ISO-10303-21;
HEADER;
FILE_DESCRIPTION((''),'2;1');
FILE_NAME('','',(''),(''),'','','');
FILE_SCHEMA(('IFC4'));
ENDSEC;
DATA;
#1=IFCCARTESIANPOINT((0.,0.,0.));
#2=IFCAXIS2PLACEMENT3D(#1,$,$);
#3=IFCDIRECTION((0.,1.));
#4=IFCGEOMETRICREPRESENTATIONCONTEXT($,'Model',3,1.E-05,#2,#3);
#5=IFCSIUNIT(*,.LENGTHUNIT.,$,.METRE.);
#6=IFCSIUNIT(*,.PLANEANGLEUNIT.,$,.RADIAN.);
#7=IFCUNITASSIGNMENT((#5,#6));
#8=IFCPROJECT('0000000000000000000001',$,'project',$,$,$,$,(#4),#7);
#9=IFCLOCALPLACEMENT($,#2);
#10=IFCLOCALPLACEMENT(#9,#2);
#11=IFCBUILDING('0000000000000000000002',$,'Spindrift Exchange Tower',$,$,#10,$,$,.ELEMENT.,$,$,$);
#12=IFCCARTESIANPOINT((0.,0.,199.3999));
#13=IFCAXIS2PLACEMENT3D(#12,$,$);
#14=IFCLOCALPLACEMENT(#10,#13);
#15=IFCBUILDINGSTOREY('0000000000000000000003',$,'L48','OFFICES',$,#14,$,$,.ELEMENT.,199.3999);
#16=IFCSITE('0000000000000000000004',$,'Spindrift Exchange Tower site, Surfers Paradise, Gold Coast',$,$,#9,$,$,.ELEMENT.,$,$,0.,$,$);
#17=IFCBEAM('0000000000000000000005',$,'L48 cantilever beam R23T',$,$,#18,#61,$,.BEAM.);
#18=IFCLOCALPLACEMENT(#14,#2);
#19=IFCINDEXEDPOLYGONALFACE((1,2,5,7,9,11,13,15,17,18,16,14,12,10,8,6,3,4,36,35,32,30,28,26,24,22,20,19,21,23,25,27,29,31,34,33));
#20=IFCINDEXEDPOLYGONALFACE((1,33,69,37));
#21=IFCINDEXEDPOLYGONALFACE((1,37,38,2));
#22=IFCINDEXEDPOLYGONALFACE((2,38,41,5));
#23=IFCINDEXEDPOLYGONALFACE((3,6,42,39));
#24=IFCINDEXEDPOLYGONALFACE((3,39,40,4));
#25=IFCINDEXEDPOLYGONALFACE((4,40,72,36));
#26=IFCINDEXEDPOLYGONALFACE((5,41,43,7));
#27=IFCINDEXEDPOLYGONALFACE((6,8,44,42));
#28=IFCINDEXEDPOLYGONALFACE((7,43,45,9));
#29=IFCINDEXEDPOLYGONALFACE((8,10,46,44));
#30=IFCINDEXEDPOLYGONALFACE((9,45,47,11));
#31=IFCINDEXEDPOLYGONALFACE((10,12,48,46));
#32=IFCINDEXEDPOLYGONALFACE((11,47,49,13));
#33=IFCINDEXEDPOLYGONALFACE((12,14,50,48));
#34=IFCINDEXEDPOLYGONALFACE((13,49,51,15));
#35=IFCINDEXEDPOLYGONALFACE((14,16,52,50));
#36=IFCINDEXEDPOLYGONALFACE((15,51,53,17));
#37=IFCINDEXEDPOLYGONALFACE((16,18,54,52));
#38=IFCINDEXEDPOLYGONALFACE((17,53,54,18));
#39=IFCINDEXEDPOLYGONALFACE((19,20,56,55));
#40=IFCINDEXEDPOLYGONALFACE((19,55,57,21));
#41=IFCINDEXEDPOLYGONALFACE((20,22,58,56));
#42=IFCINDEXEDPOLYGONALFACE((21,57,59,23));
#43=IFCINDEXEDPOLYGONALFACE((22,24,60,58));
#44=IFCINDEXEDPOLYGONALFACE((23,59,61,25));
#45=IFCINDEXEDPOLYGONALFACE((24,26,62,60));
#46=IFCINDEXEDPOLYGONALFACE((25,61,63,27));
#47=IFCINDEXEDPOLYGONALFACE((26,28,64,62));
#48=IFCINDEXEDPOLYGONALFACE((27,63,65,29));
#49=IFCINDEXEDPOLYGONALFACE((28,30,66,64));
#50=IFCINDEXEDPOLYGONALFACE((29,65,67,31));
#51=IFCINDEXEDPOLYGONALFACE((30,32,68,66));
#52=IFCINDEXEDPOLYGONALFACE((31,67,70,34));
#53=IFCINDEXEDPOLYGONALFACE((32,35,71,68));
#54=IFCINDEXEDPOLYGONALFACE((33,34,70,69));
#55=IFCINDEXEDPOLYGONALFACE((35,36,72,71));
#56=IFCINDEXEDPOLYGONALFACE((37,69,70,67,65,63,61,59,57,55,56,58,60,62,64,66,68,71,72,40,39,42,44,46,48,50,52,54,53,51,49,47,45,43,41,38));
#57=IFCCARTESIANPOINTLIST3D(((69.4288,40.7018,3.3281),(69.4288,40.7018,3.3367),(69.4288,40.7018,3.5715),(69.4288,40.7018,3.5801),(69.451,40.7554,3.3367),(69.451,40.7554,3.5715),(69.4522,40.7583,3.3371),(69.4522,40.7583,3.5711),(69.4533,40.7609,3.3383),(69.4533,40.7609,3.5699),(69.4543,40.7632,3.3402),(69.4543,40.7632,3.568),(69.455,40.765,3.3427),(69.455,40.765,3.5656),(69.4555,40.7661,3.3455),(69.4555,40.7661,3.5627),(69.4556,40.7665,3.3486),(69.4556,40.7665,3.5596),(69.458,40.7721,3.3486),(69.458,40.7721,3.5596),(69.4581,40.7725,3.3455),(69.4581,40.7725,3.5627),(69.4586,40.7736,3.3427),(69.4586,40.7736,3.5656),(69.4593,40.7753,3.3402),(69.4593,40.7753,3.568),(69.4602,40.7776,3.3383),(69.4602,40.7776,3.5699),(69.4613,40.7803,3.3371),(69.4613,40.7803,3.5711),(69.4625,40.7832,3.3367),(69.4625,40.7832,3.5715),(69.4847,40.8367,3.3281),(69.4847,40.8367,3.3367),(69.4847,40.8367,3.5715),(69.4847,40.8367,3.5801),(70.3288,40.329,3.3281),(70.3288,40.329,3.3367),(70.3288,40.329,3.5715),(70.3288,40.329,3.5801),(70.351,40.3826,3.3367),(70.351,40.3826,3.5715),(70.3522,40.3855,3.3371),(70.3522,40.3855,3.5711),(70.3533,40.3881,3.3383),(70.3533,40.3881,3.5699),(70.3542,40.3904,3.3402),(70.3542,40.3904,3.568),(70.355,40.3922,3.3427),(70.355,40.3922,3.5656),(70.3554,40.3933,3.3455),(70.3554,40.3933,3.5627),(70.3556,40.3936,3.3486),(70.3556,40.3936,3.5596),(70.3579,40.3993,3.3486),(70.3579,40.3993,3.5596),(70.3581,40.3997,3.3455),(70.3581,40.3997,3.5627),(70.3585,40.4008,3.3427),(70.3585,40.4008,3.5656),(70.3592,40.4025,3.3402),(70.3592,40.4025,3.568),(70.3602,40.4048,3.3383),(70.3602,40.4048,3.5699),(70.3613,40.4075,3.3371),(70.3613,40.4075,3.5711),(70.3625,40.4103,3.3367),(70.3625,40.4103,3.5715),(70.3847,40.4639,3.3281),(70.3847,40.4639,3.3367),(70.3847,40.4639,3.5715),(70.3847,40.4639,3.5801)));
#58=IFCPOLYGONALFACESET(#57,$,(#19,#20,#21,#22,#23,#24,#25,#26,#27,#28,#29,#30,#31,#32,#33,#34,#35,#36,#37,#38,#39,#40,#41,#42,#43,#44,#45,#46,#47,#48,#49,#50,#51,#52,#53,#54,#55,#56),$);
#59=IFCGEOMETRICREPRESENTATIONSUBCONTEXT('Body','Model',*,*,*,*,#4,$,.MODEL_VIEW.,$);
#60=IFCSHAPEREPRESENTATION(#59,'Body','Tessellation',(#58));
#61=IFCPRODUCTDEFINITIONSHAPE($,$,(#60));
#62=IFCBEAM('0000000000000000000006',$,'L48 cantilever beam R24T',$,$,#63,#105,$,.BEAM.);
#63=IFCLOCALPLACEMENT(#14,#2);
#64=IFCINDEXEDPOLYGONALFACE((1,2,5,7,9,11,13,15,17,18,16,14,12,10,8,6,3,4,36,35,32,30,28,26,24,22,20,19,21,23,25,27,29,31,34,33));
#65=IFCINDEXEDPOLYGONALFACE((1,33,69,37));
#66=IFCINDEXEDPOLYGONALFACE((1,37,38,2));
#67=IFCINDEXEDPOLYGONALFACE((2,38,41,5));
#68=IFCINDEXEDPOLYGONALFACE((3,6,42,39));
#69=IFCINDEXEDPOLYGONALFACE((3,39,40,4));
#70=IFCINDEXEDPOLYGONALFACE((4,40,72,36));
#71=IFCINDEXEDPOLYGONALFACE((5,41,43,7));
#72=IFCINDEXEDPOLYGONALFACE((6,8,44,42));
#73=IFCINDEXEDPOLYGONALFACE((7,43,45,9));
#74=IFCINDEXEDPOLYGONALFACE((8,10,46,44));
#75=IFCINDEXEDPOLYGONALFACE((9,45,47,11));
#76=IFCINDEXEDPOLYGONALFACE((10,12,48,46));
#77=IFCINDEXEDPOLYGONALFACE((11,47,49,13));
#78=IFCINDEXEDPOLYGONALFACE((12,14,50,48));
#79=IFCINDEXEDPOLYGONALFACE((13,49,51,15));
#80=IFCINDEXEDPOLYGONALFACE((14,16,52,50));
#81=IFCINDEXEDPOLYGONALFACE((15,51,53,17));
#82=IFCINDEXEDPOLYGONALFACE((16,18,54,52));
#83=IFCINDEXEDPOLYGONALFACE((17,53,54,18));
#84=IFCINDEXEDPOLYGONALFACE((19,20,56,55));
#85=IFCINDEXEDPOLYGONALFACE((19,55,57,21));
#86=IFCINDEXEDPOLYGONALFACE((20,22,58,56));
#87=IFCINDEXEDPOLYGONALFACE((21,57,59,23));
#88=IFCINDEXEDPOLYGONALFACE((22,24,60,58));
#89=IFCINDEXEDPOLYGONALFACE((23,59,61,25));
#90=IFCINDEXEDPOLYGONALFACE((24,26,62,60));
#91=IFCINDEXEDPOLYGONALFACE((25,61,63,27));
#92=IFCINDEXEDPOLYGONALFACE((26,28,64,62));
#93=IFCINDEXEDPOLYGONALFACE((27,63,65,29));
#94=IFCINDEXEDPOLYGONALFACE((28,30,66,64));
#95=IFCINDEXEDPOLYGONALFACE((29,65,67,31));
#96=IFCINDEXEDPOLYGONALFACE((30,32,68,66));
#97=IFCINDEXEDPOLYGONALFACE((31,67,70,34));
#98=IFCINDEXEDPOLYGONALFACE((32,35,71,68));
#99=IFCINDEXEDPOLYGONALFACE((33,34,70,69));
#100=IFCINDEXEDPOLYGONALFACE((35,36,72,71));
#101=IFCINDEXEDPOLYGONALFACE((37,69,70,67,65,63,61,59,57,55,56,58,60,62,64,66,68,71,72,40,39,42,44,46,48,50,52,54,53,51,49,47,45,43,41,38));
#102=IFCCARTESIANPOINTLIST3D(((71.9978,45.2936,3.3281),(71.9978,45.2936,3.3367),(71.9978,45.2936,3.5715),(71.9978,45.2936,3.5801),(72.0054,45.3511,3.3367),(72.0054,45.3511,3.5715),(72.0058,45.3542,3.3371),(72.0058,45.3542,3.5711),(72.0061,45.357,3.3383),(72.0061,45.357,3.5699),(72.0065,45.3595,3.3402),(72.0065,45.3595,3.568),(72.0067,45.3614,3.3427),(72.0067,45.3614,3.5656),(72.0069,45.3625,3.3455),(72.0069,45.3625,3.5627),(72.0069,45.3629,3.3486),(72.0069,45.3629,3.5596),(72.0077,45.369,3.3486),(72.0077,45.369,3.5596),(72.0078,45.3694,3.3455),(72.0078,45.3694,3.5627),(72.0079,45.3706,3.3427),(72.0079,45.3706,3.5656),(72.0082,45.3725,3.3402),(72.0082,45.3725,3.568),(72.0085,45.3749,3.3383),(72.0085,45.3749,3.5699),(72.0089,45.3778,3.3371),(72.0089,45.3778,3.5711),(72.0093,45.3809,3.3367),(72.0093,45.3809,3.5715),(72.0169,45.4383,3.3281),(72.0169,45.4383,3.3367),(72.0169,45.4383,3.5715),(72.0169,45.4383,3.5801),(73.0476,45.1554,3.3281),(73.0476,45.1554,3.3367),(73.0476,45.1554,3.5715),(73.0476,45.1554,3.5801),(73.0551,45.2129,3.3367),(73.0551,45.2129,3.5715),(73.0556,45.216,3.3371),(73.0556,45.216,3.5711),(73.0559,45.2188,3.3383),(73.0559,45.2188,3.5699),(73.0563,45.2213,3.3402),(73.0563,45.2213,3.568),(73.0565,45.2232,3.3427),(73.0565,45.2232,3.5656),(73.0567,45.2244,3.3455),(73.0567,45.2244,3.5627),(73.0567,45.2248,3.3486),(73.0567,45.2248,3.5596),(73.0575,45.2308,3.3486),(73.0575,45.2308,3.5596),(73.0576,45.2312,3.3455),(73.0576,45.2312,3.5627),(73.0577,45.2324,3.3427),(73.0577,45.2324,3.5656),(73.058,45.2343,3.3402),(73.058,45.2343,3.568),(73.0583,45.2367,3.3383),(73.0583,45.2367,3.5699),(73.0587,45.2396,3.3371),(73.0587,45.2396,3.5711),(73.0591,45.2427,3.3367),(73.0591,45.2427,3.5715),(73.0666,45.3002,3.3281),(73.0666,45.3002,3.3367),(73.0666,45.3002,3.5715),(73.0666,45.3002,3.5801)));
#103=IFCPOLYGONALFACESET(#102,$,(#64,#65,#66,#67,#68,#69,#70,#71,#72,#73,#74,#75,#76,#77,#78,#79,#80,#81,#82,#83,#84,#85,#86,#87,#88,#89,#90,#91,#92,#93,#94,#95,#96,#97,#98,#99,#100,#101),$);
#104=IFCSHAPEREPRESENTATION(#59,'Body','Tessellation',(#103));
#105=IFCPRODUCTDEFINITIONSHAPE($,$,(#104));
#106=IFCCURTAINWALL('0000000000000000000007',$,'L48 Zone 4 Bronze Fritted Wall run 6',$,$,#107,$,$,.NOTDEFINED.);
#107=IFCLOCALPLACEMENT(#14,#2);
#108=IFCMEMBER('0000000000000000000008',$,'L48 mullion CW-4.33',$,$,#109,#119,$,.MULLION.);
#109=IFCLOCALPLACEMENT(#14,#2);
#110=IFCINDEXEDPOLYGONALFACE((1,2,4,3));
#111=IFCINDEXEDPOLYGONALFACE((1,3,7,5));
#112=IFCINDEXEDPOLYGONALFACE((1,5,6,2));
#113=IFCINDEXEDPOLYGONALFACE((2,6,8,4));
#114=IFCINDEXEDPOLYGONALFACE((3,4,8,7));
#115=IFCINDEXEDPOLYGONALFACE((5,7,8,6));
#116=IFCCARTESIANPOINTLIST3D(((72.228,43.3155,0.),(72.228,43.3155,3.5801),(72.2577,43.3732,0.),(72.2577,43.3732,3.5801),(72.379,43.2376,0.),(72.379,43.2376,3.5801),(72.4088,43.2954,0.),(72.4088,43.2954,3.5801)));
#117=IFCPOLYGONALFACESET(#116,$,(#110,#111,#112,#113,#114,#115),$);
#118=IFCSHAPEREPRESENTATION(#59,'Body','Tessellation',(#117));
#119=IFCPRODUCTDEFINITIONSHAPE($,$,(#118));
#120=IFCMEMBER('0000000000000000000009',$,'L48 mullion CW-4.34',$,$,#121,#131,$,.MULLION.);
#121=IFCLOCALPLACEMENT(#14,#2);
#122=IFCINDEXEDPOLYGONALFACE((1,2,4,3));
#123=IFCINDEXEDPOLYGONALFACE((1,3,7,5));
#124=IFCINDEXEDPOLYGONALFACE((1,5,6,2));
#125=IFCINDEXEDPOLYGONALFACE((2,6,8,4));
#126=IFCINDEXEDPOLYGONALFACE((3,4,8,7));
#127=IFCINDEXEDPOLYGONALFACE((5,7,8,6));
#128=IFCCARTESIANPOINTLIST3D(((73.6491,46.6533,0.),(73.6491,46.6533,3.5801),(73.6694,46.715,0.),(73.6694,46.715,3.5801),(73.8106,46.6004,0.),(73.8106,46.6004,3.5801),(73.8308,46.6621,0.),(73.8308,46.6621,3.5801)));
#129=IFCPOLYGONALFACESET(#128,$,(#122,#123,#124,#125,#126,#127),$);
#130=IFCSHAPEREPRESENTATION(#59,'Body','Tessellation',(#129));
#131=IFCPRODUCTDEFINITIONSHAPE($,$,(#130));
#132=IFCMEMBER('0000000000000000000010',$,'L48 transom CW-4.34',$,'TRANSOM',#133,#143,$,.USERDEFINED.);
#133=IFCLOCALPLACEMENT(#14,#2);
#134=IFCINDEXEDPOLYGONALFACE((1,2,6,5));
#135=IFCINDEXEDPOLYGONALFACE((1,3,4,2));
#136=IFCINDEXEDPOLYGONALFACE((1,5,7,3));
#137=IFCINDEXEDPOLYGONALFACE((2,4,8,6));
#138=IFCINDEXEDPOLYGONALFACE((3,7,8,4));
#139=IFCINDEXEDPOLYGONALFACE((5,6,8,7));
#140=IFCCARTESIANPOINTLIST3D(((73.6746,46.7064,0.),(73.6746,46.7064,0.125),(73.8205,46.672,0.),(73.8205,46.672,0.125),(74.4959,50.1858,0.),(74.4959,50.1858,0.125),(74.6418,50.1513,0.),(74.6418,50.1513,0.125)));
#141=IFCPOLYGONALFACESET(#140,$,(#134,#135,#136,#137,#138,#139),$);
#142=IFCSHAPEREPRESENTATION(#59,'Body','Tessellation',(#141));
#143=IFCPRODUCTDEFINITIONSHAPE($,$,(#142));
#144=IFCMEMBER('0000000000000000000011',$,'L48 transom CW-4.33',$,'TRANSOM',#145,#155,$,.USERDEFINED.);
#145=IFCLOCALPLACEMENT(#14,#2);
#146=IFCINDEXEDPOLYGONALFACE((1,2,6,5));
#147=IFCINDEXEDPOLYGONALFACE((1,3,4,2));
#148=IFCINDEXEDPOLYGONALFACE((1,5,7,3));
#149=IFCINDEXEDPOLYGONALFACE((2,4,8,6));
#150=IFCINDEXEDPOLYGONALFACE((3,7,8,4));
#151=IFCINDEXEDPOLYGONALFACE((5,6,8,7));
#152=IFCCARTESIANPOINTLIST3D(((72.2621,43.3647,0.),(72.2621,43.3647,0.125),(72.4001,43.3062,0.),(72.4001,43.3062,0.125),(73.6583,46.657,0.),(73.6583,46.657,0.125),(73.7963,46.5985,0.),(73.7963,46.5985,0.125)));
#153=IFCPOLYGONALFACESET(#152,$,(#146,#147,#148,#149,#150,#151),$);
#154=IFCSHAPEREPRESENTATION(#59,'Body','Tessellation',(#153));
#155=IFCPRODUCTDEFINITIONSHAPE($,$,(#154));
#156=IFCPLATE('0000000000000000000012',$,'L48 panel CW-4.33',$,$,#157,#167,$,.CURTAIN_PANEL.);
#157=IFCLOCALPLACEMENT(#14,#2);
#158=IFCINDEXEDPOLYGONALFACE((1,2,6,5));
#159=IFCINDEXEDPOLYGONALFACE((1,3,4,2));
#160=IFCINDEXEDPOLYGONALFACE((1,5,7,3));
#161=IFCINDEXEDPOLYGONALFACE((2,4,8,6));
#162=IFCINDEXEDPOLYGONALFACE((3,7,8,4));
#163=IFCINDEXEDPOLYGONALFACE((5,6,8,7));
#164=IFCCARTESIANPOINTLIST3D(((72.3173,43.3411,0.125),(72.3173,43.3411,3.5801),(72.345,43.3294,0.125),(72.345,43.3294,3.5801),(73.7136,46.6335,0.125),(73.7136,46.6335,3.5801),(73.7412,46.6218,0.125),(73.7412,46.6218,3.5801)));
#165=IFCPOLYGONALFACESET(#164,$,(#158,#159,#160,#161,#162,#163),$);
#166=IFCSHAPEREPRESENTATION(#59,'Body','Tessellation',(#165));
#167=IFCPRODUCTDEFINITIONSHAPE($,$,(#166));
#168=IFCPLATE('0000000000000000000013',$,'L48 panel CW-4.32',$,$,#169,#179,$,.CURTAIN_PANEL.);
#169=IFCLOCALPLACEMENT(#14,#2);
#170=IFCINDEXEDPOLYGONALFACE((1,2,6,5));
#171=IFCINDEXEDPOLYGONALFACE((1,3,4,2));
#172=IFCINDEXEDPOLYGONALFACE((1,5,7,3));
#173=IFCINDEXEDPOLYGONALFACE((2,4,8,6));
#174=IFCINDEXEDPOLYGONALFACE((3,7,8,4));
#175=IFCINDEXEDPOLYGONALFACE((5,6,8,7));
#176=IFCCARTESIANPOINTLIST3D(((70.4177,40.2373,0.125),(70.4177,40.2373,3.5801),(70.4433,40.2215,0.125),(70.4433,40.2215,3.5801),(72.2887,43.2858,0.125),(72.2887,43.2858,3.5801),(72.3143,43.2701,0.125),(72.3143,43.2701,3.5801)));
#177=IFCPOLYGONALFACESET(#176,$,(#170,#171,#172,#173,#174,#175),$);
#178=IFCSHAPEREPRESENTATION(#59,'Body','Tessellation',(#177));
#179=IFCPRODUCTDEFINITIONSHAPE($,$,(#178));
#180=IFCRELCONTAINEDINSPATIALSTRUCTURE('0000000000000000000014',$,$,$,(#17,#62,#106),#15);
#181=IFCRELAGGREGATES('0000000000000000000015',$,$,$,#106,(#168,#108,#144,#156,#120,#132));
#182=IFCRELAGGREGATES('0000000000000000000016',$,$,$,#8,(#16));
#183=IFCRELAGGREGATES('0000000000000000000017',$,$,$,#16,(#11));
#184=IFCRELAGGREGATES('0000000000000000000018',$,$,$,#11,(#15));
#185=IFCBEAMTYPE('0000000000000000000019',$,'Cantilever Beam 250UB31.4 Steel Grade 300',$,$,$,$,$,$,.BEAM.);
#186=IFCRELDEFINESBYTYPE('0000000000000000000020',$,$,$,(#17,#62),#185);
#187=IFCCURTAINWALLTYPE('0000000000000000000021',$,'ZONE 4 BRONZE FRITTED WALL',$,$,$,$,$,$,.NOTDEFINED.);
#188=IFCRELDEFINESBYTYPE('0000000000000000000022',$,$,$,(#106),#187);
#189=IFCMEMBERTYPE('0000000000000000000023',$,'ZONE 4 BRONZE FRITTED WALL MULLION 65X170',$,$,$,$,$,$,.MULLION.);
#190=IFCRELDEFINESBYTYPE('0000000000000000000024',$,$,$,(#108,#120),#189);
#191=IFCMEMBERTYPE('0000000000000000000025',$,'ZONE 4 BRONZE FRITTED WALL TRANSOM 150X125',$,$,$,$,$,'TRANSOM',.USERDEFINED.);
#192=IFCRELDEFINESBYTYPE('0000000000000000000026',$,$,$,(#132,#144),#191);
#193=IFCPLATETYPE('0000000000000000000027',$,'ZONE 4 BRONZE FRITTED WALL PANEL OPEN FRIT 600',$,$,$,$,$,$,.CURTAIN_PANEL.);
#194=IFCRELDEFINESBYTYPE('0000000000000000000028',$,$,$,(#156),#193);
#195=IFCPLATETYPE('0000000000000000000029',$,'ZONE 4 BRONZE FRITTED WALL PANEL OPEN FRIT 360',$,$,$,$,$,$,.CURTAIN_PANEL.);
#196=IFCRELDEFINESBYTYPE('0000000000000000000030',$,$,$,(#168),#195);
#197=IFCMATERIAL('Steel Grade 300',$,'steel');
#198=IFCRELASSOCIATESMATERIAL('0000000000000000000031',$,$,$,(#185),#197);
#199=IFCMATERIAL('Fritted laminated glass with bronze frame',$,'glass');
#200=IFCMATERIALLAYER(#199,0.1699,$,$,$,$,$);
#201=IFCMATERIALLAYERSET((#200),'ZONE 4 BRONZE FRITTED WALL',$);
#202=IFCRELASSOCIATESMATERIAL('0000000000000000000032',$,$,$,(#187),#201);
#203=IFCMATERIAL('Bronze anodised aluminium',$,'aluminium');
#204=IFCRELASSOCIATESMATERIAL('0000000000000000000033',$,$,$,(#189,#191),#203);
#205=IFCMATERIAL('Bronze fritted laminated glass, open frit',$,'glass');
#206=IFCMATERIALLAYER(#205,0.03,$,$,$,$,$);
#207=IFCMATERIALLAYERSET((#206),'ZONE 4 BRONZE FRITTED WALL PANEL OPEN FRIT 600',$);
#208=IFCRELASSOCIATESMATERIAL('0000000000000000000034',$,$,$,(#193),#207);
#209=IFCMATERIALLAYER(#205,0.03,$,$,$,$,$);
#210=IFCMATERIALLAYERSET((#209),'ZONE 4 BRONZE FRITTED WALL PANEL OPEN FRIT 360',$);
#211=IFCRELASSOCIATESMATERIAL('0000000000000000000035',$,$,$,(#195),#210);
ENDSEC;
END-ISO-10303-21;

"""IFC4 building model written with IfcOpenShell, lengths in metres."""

from ifc_helpers import new_model, si_unit, direction, frame, origin, origin_2d, place, context, subcontext, project, spatial, rectangle, i_section, extrude, source, transform, mapped, material, layer, layer_set, material_profile, profile_set, type_object, element, aggregate, save


model = new_model("IFC4")

# Units and contexts
model_context = context("Model", 3, precision=1e-05, world=origin(), true_north=direction((0.0, 1.0)))
body_context = subcontext(model_context, "Body", "Model", "MODEL_VIEW")
ifc_project = project(units=[si_unit("LENGTHUNIT", "METRE"), si_unit("PLANEANGLEUNIT", "RADIAN")], contexts=[model_context])

# Site, building, storey
site_placement = place(None, origin())
site = spatial("IfcSite", under=ifc_project, at=site_placement, Name="Spindrift Exchange Tower site, Surfers Paradise, Gold Coast", CompositionType="ELEMENT", RefElevation=0.0)
building_placement = place(site_placement, origin())
building = spatial("IfcBuilding", under=site, at=building_placement, Name="Spindrift Exchange Tower", CompositionType="ELEMENT")
storey_placement = place(building_placement, frame((0.0, 0.0, 199.3999)))
storey = spatial("IfcBuildingStorey", under=building, at=storey_placement, Name="L48", Description="OFFICES", CompositionType="ELEMENT", Elevation=199.3999)

# Beams
ifc_material_1 = material(Name="Steel Grade 300", Category="steel")
ifc_material_profile_1 = material_profile(ifc_material_1, i_section(OverallWidth=0.146, OverallDepth=0.252, WebThickness=0.0061, FlangeThickness=0.0085, FilletRadius=0.012, at=origin_2d()), Name="250UB31.4")
ifc_profile_set_1 = profile_set([ifc_material_profile_1], Name="Steel Grade 300")
beam_type_1 = type_object("IfcBeamType", Name="Cantilever Beam 250UB31.4 Steel Grade 300", PredefinedType="BEAM", material=ifc_profile_set_1)
shared_shape_1 = source(origin(), body_context, "Body", "SweptSolid", [
    extrude(i_section(OverallWidth=0.146, OverallDepth=0.252, WebThickness=0.0061, FlangeThickness=0.0085, FilletRadius=0.012, at=origin_2d()), origin(), (0.0, 0.0, 1.0), 0.9741),
])
beam_1_placement = place(storey_placement, frame((69.4568, 40.7693, 3.4541), z_axis=(0.923861, -0.382728, 0.0), x_axis=(0.382728, 0.923861, 0.0)))
element("IfcBeam", 1, at=beam_1_placement, inside=storey, type_object=beam_type_1, Name="L48 cantilever beam R23T", PredefinedType="BEAM", context=body_context, shape_type="MappedRepresentation", body=[
    mapped(shared_shape_1, transform((0.0, 0.0, 0.0), scale=1.0)),
])
shared_shape_2 = source(origin(), body_context, "Body", "SweptSolid", [
    extrude(i_section(OverallWidth=0.146, OverallDepth=0.252, WebThickness=0.0061, FlangeThickness=0.0085, FilletRadius=0.012, at=origin_2d()), origin(), (0.0, 0.0, 1.0), 1.0588),
])
beam_2_placement = place(storey_placement, frame((72.0073, 45.366, 3.4541), z_axis=(0.991448, -0.130502, 0.0), x_axis=(0.130502, 0.991448, 0.0)))
element("IfcBeam", 2, at=beam_2_placement, inside=storey, type_object=beam_type_1, Name="L48 cantilever beam R24T", PredefinedType="BEAM", context=body_context, shape_type="MappedRepresentation", body=[
    mapped(shared_shape_2, transform((0.0, 0.0, 0.0), scale=1.0)),
])

# Curtain wall, members, plates
ifc_material_2 = material(Name="Fritted laminated glass with bronze frame", Category="glass")
ifc_layer_1 = layer(ifc_material_2, 0.1699)
ifc_layer_set_1 = layer_set([ifc_layer_1], Name="ZONE 4 BRONZE FRITTED WALL")
curtain_wall_type = type_object("IfcCurtainWallType", Name="ZONE 4 BRONZE FRITTED WALL", PredefinedType="NOTDEFINED", material=ifc_layer_set_1)
curtain_wall_placement = place(storey_placement, origin())
curtain_wall = element("IfcCurtainWall", 3, at=curtain_wall_placement, inside=storey, type_object=curtain_wall_type, Name="L48 Zone 4 Bronze Fritted Wall run 6", PredefinedType="NOTDEFINED")
ifc_material_3 = material(Name="Bronze anodised aluminium", Category="aluminium")
ifc_material_profile_2 = material_profile(ifc_material_3, rectangle(XDim=0.0649, YDim=0.1699, at=origin_2d()), Name="ZONE 4 BRONZE FRITTED WALL MULLION 65X170")
ifc_profile_set_2 = profile_set([ifc_material_profile_2], Name="Bronze anodised aluminium")
member_type_1 = type_object("IfcMemberType", Name="ZONE 4 BRONZE FRITTED WALL MULLION 65X170", PredefinedType="MULLION", material=ifc_profile_set_2)
shared_shape_3 = source(origin(), body_context, "Body", "SweptSolid", [
    extrude(rectangle(XDim=0.0649, YDim=0.1699, at=origin_2d()), origin(), (0.0, 0.0, 1.0), 3.5801),
])
member_1_placement = place(storey_placement, frame((72.3184, 43.3054, 0.0), z_axis=(0.0, 0.0, 1.0), x_axis=(0.458035, 0.888934, 0.0)))
member_1 = element("IfcMember", 4, at=member_1_placement, type_object=member_type_1, Name="L48 mullion CW-4.33", PredefinedType="MULLION", context=body_context, shape_type="MappedRepresentation", body=[
    mapped(shared_shape_3, transform((0.0, 0.0, 0.0), scale=1.0)),
])
member_2_placement = place(storey_placement, frame((73.74, 46.6577, 0.0), z_axis=(0.0, 0.0, 1.0), x_axis=(0.311211, 0.950341, 0.0)))
member_2 = element("IfcMember", 5, at=member_2_placement, type_object=member_type_1, Name="L48 mullion CW-4.34", PredefinedType="MULLION", context=body_context, shape_type="MappedRepresentation", body=[
    mapped(shared_shape_3, transform((0.0, 0.0, 0.0), scale=1.0)),
])
ifc_material_profile_3 = material_profile(ifc_material_3, rectangle(XDim=0.1499, YDim=0.125, at=origin_2d()), Name="ZONE 4 BRONZE FRITTED WALL TRANSOM 150X125")
ifc_profile_set_3 = profile_set([ifc_material_profile_3], Name="Bronze anodised aluminium")
member_type_2 = type_object("IfcMemberType", Name="ZONE 4 BRONZE FRITTED WALL TRANSOM 150X125", ElementType="TRANSOM", PredefinedType="USERDEFINED", material=ifc_profile_set_3)
shared_shape_4 = source(origin(), body_context, "Body", "SweptSolid", [
    extrude(rectangle(XDim=0.1499, YDim=0.125, at=origin_2d()), origin(), (0.0, 0.0, 1.0), 3.575),
])
member_3_placement = place(storey_placement, frame((73.7476, 46.6892, 0.0625), z_axis=(0.22974, 0.973252, 0.0), x_axis=(-0.973252, 0.22974, 0.0)))
member_3 = element("IfcMember", 6, at=member_3_placement, type_object=member_type_2, Name="L48 transom CW-4.34", ObjectType="TRANSOM", PredefinedType="USERDEFINED", context=body_context, shape_type="MappedRepresentation", body=[
    mapped(shared_shape_4, transform((0.0, 0.0, 0.0), scale=1.0)),
])
shared_shape_5 = source(origin(), body_context, "Body", "SweptSolid", [
    extrude(rectangle(XDim=0.1499, YDim=0.125, at=origin_2d()), origin(), (0.0, 0.0, 1.0), 3.5762),
])
member_4_placement = place(storey_placement, frame((72.3311, 43.3354, 0.0625), z_axis=(0.390439, 0.920629, 0.0), x_axis=(-0.920629, 0.390439, 0.0)))
member_4 = element("IfcMember", 7, at=member_4_placement, type_object=member_type_2, Name="L48 transom CW-4.33", ObjectType="TRANSOM", PredefinedType="USERDEFINED", context=body_context, shape_type="MappedRepresentation", body=[
    mapped(shared_shape_5, transform((0.0, 0.0, 0.0), scale=1.0)),
])
ifc_material_4 = material(Name="Bronze fritted laminated glass, open frit", Category="glass")
ifc_layer_2 = layer(ifc_material_4, 0.03)
ifc_layer_set_2 = layer_set([ifc_layer_2], Name="ZONE 4 BRONZE FRITTED WALL PANEL OPEN FRIT 600")
plate_type_1 = type_object("IfcPlateType", Name="ZONE 4 BRONZE FRITTED WALL PANEL OPEN FRIT 600", PredefinedType="CURTAIN_PANEL", material=ifc_layer_set_2)
shared_shape_6 = source(origin(), body_context, "Body", "SweptSolid", [
    extrude(rectangle(XDim=3.5762, YDim=0.03, at=origin_2d()), origin(), (0.0, 0.0, 1.0), 3.4551),
])
plate_1_placement = place(storey_placement, frame((73.0293, 44.9814, 0.125), z_axis=(0.0, 0.0, 1.0), x_axis=(0.390432, 0.920632, 0.0)))
plate_1 = element("IfcPlate", 8, at=plate_1_placement, type_object=plate_type_1, Name="L48 panel CW-4.33", PredefinedType="CURTAIN_PANEL", context=body_context, shape_type="MappedRepresentation", body=[
    mapped(shared_shape_6, transform((0.0, 0.0, 0.0), scale=1.0)),
])
ifc_layer_3 = layer(ifc_material_4, 0.03)
ifc_layer_set_3 = layer_set([ifc_layer_3], Name="ZONE 4 BRONZE FRITTED WALL PANEL OPEN FRIT 360")
plate_type_2 = type_object("IfcPlateType", Name="ZONE 4 BRONZE FRITTED WALL PANEL OPEN FRIT 360", PredefinedType="CURTAIN_PANEL", material=ifc_layer_set_3)
shared_shape_7 = source(origin(), body_context, "Body", "SweptSolid", [
    extrude(rectangle(XDim=3.5769, YDim=0.03, at=origin_2d()), origin(), (0.0, 0.0, 1.0), 3.4551),
])
plate_2_placement = place(storey_placement, frame((71.366, 41.7537, 0.125), z_axis=(0.0, 0.0, 1.0), x_axis=(0.523083, 0.852282, 0.0)))
plate_2 = element("IfcPlate", 9, at=plate_2_placement, type_object=plate_type_2, Name="L48 panel CW-4.32", PredefinedType="CURTAIN_PANEL", context=body_context, shape_type="MappedRepresentation", body=[
    mapped(shared_shape_7, transform((0.0, 0.0, 0.0), scale=1.0)),
])
aggregate(curtain_wall, [plate_2, member_1, member_4, plate_1, member_2, member_3])

save(model, "model.ifc")
